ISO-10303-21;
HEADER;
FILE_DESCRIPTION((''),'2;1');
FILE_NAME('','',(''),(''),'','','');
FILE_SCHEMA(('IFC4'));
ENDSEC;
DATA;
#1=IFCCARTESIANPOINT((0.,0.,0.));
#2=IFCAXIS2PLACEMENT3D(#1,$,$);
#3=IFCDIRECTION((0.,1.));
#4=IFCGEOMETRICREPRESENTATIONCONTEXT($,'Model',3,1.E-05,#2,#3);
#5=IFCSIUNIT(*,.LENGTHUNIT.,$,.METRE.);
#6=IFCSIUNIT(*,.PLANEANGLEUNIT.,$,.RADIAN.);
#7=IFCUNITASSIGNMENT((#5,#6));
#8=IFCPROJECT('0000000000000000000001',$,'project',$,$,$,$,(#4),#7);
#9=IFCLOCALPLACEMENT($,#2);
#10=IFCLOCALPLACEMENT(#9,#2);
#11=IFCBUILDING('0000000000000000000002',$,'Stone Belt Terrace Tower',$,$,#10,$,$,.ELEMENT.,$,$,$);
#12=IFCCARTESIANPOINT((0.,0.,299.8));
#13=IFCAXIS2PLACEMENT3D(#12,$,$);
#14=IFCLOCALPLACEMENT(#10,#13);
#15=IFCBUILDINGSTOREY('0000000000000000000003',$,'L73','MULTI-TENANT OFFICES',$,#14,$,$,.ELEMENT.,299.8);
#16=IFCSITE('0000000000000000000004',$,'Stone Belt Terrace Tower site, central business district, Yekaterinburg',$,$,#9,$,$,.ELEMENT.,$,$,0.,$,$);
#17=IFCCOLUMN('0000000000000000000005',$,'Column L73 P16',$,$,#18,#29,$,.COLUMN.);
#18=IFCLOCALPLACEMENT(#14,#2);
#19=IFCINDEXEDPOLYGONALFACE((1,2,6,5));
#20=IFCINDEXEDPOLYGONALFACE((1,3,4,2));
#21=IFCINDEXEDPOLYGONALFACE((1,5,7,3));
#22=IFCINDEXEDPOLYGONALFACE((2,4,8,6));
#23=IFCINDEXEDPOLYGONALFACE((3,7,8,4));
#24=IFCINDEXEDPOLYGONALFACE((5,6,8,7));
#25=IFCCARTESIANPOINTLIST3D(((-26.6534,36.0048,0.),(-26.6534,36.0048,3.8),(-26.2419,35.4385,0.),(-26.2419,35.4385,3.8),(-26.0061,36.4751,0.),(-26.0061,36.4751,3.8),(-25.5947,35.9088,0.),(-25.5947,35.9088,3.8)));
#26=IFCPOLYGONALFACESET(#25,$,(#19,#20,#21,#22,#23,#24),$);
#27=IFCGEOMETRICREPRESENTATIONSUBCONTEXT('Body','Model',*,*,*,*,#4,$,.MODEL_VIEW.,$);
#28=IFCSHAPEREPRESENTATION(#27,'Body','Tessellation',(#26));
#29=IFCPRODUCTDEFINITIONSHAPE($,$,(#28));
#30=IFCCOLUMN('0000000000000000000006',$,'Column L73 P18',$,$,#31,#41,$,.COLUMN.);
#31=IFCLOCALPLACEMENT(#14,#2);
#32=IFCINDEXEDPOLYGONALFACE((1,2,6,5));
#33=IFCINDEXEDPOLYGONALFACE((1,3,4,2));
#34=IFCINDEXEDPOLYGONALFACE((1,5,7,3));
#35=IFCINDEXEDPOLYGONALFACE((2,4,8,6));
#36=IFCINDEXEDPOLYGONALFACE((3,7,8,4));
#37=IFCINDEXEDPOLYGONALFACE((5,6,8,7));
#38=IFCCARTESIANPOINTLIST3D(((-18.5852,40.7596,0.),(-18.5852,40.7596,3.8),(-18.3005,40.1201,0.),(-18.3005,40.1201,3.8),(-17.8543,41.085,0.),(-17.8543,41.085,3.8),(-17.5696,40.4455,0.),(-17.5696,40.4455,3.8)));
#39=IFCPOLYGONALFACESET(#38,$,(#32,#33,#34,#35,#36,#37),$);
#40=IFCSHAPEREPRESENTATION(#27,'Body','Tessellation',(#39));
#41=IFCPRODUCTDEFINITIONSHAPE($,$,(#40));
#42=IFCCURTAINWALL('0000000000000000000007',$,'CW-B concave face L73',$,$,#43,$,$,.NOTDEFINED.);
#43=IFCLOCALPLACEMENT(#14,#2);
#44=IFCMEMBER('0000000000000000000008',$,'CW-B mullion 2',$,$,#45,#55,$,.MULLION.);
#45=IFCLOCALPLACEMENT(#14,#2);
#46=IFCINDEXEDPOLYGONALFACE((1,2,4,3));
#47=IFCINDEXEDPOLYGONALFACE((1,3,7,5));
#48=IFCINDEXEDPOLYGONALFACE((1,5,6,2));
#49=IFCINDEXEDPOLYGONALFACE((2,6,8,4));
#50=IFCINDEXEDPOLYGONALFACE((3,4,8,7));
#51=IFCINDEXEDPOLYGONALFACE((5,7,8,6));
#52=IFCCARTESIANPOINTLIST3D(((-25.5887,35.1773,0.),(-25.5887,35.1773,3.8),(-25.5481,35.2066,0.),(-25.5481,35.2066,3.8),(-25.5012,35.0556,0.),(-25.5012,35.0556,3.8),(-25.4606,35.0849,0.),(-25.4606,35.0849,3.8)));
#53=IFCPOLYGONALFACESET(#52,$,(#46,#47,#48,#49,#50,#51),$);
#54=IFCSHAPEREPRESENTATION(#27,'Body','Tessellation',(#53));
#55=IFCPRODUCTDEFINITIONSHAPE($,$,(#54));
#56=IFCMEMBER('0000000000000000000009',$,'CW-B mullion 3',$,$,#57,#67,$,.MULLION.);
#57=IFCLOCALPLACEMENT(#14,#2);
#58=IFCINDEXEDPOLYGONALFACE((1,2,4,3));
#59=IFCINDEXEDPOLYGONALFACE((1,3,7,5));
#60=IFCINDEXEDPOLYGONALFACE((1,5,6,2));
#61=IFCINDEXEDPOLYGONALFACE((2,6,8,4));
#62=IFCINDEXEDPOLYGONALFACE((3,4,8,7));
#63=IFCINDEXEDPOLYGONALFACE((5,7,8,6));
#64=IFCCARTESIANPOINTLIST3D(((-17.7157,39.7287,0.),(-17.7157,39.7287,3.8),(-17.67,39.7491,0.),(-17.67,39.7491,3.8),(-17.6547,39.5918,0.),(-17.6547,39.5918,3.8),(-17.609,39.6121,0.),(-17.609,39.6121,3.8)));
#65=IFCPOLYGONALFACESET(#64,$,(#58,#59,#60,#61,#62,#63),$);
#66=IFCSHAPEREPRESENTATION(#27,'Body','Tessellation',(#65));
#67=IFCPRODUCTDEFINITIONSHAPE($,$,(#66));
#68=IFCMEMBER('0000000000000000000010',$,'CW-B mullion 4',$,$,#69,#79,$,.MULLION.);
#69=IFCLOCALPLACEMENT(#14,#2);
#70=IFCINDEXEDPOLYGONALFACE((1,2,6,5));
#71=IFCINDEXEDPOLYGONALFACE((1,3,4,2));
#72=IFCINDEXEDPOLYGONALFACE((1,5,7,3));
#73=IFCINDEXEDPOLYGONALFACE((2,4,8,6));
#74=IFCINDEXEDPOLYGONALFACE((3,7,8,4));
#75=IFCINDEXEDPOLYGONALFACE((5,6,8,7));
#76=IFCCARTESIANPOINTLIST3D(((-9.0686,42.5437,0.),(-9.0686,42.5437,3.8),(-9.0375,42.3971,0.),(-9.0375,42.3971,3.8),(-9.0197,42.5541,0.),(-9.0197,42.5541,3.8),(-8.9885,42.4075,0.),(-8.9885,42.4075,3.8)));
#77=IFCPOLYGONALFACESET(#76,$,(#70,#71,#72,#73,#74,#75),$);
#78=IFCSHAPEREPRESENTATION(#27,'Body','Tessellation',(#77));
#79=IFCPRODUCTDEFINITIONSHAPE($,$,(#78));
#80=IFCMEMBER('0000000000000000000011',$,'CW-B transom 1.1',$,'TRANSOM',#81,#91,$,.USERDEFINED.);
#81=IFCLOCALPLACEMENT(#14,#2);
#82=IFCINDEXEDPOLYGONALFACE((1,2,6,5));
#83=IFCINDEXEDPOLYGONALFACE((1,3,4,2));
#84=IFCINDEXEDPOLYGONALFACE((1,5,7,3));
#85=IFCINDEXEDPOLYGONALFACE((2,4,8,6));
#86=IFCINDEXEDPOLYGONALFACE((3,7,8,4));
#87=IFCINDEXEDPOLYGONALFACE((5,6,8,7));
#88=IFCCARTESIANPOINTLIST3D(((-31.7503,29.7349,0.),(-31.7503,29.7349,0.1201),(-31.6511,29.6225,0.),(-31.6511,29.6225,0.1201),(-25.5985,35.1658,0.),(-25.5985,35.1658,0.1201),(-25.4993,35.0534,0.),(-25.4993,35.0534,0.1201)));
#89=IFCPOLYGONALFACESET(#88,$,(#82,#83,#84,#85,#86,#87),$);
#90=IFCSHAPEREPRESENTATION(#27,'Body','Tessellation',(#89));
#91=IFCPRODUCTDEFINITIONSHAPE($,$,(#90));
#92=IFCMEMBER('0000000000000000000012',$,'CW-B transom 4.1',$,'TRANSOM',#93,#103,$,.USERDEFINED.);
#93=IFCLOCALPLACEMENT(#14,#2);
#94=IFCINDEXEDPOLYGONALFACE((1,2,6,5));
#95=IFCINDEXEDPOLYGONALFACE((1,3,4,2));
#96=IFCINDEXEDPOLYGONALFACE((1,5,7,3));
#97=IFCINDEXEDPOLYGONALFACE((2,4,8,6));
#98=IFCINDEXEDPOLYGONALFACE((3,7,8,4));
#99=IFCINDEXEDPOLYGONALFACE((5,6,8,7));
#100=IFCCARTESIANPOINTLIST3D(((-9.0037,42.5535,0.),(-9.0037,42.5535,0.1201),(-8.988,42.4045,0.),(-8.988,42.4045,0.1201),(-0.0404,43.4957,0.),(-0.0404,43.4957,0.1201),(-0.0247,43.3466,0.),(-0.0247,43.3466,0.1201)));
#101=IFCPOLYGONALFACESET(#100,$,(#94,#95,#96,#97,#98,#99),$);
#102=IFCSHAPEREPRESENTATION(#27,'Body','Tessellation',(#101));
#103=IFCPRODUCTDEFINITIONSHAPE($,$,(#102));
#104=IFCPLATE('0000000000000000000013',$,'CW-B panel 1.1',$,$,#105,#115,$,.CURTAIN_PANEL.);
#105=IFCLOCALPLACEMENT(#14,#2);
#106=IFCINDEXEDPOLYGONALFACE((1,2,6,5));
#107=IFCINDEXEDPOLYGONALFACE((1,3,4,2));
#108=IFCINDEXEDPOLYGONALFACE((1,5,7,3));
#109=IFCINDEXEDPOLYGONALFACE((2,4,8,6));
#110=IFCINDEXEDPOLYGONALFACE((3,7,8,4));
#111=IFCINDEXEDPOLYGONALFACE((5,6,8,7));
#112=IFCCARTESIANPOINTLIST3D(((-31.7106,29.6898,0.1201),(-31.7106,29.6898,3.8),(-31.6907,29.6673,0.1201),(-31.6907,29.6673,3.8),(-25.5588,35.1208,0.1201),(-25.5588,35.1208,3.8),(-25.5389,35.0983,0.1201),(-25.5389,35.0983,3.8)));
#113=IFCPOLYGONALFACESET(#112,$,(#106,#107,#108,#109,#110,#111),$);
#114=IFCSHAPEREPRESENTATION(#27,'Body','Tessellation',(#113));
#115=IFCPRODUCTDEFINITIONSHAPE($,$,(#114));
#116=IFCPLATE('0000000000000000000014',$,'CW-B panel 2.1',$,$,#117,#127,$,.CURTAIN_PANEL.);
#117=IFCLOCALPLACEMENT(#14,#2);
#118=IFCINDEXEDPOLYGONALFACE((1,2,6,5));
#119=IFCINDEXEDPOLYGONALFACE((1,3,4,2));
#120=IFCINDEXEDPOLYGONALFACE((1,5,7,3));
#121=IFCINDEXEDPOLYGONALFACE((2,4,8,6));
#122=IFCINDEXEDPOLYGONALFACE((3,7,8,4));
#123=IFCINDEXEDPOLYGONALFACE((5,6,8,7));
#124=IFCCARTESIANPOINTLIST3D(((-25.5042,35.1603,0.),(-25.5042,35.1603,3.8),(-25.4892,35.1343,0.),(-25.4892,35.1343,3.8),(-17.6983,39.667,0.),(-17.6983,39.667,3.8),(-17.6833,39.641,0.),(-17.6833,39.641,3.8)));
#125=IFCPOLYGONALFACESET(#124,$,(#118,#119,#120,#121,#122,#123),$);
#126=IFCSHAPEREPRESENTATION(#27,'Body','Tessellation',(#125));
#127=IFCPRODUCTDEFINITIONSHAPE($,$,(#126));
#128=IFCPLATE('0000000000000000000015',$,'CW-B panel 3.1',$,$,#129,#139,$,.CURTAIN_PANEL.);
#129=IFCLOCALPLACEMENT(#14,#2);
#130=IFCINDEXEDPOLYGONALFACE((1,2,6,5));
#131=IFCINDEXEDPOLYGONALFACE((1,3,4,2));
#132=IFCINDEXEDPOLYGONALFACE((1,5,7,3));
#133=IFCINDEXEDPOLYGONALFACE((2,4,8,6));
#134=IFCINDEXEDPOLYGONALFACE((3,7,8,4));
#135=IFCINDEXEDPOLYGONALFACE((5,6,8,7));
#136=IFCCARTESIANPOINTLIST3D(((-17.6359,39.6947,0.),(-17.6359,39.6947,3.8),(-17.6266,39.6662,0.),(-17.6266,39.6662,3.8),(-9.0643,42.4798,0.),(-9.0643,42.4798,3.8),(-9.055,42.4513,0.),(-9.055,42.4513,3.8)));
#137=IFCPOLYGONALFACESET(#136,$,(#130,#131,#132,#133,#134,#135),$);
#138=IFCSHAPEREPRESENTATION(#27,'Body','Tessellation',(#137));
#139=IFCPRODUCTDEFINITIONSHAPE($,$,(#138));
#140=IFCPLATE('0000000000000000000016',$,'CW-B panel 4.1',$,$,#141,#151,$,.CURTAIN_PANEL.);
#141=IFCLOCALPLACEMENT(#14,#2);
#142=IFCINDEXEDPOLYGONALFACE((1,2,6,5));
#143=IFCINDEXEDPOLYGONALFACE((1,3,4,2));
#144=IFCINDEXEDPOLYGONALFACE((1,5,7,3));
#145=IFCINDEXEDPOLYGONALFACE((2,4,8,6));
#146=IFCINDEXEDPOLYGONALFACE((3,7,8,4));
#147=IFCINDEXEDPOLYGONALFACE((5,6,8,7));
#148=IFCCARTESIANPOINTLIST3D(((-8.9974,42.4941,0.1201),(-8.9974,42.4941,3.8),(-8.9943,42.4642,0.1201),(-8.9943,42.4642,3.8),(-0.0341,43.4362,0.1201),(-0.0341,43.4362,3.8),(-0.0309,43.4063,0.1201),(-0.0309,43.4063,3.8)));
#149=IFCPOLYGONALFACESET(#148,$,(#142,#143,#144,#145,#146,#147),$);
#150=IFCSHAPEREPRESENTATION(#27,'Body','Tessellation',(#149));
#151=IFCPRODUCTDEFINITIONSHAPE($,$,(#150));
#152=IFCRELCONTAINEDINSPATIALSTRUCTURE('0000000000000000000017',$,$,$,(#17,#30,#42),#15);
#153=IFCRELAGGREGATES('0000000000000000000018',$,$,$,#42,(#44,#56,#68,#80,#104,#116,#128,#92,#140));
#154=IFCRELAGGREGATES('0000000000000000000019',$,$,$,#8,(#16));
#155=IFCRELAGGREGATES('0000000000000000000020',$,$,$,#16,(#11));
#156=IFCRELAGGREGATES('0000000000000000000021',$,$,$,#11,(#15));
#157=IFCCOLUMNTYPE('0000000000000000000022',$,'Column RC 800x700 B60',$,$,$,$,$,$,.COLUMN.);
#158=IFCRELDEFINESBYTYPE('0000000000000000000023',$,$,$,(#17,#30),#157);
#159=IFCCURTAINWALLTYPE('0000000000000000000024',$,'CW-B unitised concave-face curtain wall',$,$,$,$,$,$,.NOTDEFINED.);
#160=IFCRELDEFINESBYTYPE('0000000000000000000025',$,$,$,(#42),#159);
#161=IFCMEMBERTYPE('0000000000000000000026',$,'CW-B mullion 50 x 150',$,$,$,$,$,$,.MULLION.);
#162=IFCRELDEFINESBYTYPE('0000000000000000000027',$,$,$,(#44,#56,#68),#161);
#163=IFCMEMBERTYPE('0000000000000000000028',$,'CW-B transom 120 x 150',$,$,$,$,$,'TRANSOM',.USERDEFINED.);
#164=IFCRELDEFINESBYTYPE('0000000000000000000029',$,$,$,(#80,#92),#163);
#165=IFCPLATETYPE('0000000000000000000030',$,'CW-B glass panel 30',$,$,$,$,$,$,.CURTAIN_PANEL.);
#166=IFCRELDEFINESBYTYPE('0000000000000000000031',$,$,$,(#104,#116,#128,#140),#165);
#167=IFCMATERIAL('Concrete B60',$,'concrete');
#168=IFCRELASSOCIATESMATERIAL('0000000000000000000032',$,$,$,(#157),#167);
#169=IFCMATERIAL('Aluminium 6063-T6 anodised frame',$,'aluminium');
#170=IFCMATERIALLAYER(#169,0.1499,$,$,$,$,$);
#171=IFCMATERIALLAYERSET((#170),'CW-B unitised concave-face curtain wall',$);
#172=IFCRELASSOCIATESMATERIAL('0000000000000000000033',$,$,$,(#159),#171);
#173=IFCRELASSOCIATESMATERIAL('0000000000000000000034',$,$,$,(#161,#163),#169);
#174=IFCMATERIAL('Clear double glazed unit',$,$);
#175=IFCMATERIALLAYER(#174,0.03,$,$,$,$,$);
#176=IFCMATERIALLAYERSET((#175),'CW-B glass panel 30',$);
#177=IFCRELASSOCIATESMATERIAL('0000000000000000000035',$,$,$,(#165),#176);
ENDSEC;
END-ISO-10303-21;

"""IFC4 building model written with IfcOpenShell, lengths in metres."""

from ifc_helpers import new_model, si_unit, direction, frame, origin, origin_2d, place, context, subcontext, project, spatial, rectangle, extrude, material, layer, layer_set, material_profile, profile_set, type_object, element, aggregate, save


model = new_model("IFC4")

# Units and contexts
model_context = context("Model", 3, precision=1e-05, world=origin(), true_north=direction((0.0, 1.0)))
body_context = subcontext(model_context, "Body", "Model", "MODEL_VIEW")
ifc_project = project(units=[si_unit("LENGTHUNIT", "METRE"), si_unit("PLANEANGLEUNIT", "RADIAN")], contexts=[model_context])

# Site, building, storey
site_placement = place(None, origin())
site = spatial("IfcSite", under=ifc_project, at=site_placement, Name="Stone Belt Terrace Tower site, central business district, Yekaterinburg", CompositionType="ELEMENT", RefElevation=0.0)
building_placement = place(site_placement, origin())
building = spatial("IfcBuilding", under=site, at=building_placement, Name="Stone Belt Terrace Tower", CompositionType="ELEMENT")
storey_placement = place(building_placement, frame((0.0, 0.0, 299.8)))
storey = spatial("IfcBuildingStorey", under=building, at=storey_placement, Name="L73", Description="MULTI-TENANT OFFICES", CompositionType="ELEMENT", Elevation=299.8)

# Columns
ifc_material_1 = material(Name="Concrete B60", Category="concrete")
ifc_material_profile_1 = material_profile(ifc_material_1, rectangle(XDim=0.8, YDim=0.7, at=origin_2d()), Name="RC 800x700")
ifc_profile_set_1 = profile_set([ifc_material_profile_1], Name="Concrete B60")
column_type = type_object("IfcColumnType", Name="Column RC 800x700 B60", PredefinedType="COLUMN", material=ifc_profile_set_1)
for number, where, z_axis, x_axis, name in (
    (1, (-26.124, 35.9568, 0.0), (0.0, 0.0, 1.0), (0.809017, 0.587785, 0.0), "Column L73 P16"),
    (2, (-18.0774, 40.6025, 0.0), (0.0, 0.0, 1.0), (0.913545, 0.406737, 0.0), "Column L73 P18"),
):
    element("IfcColumn", number, at=place(storey_placement, frame(where, z_axis=z_axis, x_axis=x_axis)), inside=storey, type_object=column_type, Name=name, PredefinedType="COLUMN", context=body_context, shape_type="SweptSolid", body=[
        extrude(rectangle(XDim=0.8, YDim=0.7, at=origin_2d()), origin(), (0.0, 0.0, 1.0), 3.8),
    ])

# Curtain wall, members, plates
ifc_material_2 = material(Name="Aluminium 6063-T6 anodised frame", Category="aluminium")
ifc_layer_1 = layer(ifc_material_2, 0.1499)
ifc_layer_set_1 = layer_set([ifc_layer_1], Name="CW-B unitised concave-face curtain wall")
curtain_wall_type = type_object("IfcCurtainWallType", Name="CW-B unitised concave-face curtain wall", PredefinedType="NOTDEFINED", material=ifc_layer_set_1)
curtain_wall_placement = place(storey_placement, origin())
curtain_wall = element("IfcCurtainWall", 3, at=curtain_wall_placement, inside=storey, type_object=curtain_wall_type, Name="CW-B concave face L73", PredefinedType="NOTDEFINED")
ifc_material_profile_2 = material_profile(ifc_material_2, rectangle(XDim=0.1499, YDim=0.05, at=origin_2d()), Name="Aluminium 6063-T6 50x150")
ifc_profile_set_2 = profile_set([ifc_material_profile_2], Name="Aluminium 6063-T6 anodised frame")
member_type_1 = type_object("IfcMemberType", Name="CW-B mullion 50 x 150", PredefinedType="MULLION", material=ifc_profile_set_2)
member_1_placement = place(storey_placement, frame((-25.5247, 35.1311, 0.0), z_axis=(0.0, 0.0, 1.0), x_axis=(-0.583819, 0.811884, 0.0)))
member_1 = element("IfcMember", 4, at=member_1_placement, type_object=member_type_1, Name="CW-B mullion 2", PredefinedType="MULLION", context=body_context, shape_type="SweptSolid", body=[
    extrude(rectangle(XDim=0.1499, YDim=0.05, at=origin_2d()), origin(), (0.0, 0.0, 1.0), 3.8),
])
member_2_placement = place(storey_placement, frame((-17.6624, 39.6704, 0.0), z_axis=(0.0, 0.0, 1.0), x_axis=(-0.406737, 0.913545, 0.0)))
member_2 = element("IfcMember", 5, at=member_2_placement, type_object=member_type_1, Name="CW-B mullion 3", PredefinedType="MULLION", context=body_context, shape_type="SweptSolid", body=[
    extrude(rectangle(XDim=0.1499, YDim=0.05, at=origin_2d()), origin(), (0.0, 0.0, 1.0), 3.8),
])
member_3_placement = place(storey_placement, frame((-9.0286, 42.4756, 0.0), z_axis=(0.0, 0.0, 1.0), x_axis=(-0.207912, 0.978148, 0.0)))
member_3 = element("IfcMember", 6, at=member_3_placement, type_object=member_type_1, Name="CW-B mullion 4", PredefinedType="MULLION", context=body_context, shape_type="SweptSolid", body=[
    extrude(rectangle(XDim=0.1499, YDim=0.05, at=origin_2d()), origin(), (0.0, 0.0, 1.0), 3.8),
])
ifc_material_profile_3 = material_profile(ifc_material_2, rectangle(XDim=0.1499, YDim=0.1201, at=origin_2d()), Name="Aluminium 6063-T6 150x120")
ifc_profile_set_3 = profile_set([ifc_material_profile_3], Name="Aluminium 6063-T6 anodised frame")
member_type_2 = type_object("IfcMemberType", Name="CW-B transom 120 x 150", ElementType="TRANSOM", PredefinedType="USERDEFINED", material=ifc_profile_set_3)
member_4_placement = place(storey_placement, frame((-31.7007, 29.6787, 0.0601), z_axis=(0.749669, 0.661813, 0.0), x_axis=(-0.661813, 0.749669, 0.0)))
member_4 = element("IfcMember", 7, at=member_4_placement, type_object=member_type_2, Name="CW-B transom 1.1", ObjectType="TRANSOM", PredefinedType="USERDEFINED", context=body_context, shape_type="SweptSolid", body=[
    extrude(rectangle(XDim=0.1499, YDim=0.1201, at=origin_2d()), origin(), (0.0, 0.0, 1.0), 8.2061),
])
member_5_placement = place(storey_placement, frame((-8.9958, 42.479, 0.0601), z_axis=(0.994521, 0.104534, 0.0), x_axis=(-0.104534, 0.994521, 0.0)))
member_5 = element("IfcMember", 8, at=member_5_placement, type_object=member_type_2, Name="CW-B transom 4.1", ObjectType="TRANSOM", PredefinedType="USERDEFINED", context=body_context, shape_type="SweptSolid", body=[
    extrude(rectangle(XDim=0.1499, YDim=0.1201, at=origin_2d()), origin(), (0.0, 0.0, 1.0), 9.0127),
])
ifc_material_3 = material(Name="Clear double glazed unit")
ifc_layer_2 = layer(ifc_material_3, 0.03)
ifc_layer_set_2 = layer_set([ifc_layer_2], Name="CW-B glass panel 30")
plate_type = type_object("IfcPlateType", Name="CW-B glass panel 30", PredefinedType="CURTAIN_PANEL", material=ifc_layer_set_2)
plate_1_placement = place(storey_placement, frame((-28.6248, 32.394, 0.1201), z_axis=(0.0, 0.0, 1.0), x_axis=(0.749659, 0.661825, 0.0)))
plate_1 = element("IfcPlate", 9, at=plate_1_placement, type_object=plate_type, Name="CW-B panel 1.1", PredefinedType="CURTAIN_PANEL", context=body_context, shape_type="SweptSolid", body=[
    extrude(rectangle(XDim=8.2061, YDim=0.03, at=origin_2d()), origin(), (0.0, 0.0, 1.0), 3.6799),
])
plate_2_placement = place(storey_placement, frame((-21.5938, 37.4006, 0.0), z_axis=(0.0, 0.0, 1.0), x_axis=(0.866025, 0.5, 0.0)))
plate_2 = element("IfcPlate", 10, at=plate_2_placement, type_object=plate_type, Name="CW-B panel 2.1", PredefinedType="CURTAIN_PANEL", context=body_context, shape_type="SweptSolid", body=[
    extrude(rectangle(XDim=9.0134, YDim=0.03, at=origin_2d()), origin(), (0.0, 0.0, 1.0), 3.8),
])
plate_3_placement = place(storey_placement, frame((-13.3455, 41.073, 0.0), z_axis=(0.0, 0.0, 1.0), x_axis=(0.951057, 0.309017, 0.0)))
plate_3 = element("IfcPlate", 11, at=plate_3_placement, type_object=plate_type, Name="CW-B panel 3.1", PredefinedType="CURTAIN_PANEL", context=body_context, shape_type="SweptSolid", body=[
    extrude(rectangle(XDim=9.0127, YDim=0.03, at=origin_2d()), origin(), (0.0, 0.0, 1.0), 3.8),
])
plate_4_placement = place(storey_placement, frame((-4.5142, 42.9502, 0.1201), z_axis=(0.0, 0.0, 1.0), x_axis=(0.994522, 0.104528, 0.0)))
plate_4 = element("IfcPlate", 12, at=plate_4_placement, type_object=plate_type, Name="CW-B panel 4.1", PredefinedType="CURTAIN_PANEL", context=body_context, shape_type="SweptSolid", body=[
    extrude(rectangle(XDim=9.0127, YDim=0.03, at=origin_2d()), origin(), (0.0, 0.0, 1.0), 3.6799),
])
aggregate(curtain_wall, [member_1, member_2, member_3, member_4, plate_1, plate_2, plate_3, member_5, plate_4])

save(model, "model.ifc")
